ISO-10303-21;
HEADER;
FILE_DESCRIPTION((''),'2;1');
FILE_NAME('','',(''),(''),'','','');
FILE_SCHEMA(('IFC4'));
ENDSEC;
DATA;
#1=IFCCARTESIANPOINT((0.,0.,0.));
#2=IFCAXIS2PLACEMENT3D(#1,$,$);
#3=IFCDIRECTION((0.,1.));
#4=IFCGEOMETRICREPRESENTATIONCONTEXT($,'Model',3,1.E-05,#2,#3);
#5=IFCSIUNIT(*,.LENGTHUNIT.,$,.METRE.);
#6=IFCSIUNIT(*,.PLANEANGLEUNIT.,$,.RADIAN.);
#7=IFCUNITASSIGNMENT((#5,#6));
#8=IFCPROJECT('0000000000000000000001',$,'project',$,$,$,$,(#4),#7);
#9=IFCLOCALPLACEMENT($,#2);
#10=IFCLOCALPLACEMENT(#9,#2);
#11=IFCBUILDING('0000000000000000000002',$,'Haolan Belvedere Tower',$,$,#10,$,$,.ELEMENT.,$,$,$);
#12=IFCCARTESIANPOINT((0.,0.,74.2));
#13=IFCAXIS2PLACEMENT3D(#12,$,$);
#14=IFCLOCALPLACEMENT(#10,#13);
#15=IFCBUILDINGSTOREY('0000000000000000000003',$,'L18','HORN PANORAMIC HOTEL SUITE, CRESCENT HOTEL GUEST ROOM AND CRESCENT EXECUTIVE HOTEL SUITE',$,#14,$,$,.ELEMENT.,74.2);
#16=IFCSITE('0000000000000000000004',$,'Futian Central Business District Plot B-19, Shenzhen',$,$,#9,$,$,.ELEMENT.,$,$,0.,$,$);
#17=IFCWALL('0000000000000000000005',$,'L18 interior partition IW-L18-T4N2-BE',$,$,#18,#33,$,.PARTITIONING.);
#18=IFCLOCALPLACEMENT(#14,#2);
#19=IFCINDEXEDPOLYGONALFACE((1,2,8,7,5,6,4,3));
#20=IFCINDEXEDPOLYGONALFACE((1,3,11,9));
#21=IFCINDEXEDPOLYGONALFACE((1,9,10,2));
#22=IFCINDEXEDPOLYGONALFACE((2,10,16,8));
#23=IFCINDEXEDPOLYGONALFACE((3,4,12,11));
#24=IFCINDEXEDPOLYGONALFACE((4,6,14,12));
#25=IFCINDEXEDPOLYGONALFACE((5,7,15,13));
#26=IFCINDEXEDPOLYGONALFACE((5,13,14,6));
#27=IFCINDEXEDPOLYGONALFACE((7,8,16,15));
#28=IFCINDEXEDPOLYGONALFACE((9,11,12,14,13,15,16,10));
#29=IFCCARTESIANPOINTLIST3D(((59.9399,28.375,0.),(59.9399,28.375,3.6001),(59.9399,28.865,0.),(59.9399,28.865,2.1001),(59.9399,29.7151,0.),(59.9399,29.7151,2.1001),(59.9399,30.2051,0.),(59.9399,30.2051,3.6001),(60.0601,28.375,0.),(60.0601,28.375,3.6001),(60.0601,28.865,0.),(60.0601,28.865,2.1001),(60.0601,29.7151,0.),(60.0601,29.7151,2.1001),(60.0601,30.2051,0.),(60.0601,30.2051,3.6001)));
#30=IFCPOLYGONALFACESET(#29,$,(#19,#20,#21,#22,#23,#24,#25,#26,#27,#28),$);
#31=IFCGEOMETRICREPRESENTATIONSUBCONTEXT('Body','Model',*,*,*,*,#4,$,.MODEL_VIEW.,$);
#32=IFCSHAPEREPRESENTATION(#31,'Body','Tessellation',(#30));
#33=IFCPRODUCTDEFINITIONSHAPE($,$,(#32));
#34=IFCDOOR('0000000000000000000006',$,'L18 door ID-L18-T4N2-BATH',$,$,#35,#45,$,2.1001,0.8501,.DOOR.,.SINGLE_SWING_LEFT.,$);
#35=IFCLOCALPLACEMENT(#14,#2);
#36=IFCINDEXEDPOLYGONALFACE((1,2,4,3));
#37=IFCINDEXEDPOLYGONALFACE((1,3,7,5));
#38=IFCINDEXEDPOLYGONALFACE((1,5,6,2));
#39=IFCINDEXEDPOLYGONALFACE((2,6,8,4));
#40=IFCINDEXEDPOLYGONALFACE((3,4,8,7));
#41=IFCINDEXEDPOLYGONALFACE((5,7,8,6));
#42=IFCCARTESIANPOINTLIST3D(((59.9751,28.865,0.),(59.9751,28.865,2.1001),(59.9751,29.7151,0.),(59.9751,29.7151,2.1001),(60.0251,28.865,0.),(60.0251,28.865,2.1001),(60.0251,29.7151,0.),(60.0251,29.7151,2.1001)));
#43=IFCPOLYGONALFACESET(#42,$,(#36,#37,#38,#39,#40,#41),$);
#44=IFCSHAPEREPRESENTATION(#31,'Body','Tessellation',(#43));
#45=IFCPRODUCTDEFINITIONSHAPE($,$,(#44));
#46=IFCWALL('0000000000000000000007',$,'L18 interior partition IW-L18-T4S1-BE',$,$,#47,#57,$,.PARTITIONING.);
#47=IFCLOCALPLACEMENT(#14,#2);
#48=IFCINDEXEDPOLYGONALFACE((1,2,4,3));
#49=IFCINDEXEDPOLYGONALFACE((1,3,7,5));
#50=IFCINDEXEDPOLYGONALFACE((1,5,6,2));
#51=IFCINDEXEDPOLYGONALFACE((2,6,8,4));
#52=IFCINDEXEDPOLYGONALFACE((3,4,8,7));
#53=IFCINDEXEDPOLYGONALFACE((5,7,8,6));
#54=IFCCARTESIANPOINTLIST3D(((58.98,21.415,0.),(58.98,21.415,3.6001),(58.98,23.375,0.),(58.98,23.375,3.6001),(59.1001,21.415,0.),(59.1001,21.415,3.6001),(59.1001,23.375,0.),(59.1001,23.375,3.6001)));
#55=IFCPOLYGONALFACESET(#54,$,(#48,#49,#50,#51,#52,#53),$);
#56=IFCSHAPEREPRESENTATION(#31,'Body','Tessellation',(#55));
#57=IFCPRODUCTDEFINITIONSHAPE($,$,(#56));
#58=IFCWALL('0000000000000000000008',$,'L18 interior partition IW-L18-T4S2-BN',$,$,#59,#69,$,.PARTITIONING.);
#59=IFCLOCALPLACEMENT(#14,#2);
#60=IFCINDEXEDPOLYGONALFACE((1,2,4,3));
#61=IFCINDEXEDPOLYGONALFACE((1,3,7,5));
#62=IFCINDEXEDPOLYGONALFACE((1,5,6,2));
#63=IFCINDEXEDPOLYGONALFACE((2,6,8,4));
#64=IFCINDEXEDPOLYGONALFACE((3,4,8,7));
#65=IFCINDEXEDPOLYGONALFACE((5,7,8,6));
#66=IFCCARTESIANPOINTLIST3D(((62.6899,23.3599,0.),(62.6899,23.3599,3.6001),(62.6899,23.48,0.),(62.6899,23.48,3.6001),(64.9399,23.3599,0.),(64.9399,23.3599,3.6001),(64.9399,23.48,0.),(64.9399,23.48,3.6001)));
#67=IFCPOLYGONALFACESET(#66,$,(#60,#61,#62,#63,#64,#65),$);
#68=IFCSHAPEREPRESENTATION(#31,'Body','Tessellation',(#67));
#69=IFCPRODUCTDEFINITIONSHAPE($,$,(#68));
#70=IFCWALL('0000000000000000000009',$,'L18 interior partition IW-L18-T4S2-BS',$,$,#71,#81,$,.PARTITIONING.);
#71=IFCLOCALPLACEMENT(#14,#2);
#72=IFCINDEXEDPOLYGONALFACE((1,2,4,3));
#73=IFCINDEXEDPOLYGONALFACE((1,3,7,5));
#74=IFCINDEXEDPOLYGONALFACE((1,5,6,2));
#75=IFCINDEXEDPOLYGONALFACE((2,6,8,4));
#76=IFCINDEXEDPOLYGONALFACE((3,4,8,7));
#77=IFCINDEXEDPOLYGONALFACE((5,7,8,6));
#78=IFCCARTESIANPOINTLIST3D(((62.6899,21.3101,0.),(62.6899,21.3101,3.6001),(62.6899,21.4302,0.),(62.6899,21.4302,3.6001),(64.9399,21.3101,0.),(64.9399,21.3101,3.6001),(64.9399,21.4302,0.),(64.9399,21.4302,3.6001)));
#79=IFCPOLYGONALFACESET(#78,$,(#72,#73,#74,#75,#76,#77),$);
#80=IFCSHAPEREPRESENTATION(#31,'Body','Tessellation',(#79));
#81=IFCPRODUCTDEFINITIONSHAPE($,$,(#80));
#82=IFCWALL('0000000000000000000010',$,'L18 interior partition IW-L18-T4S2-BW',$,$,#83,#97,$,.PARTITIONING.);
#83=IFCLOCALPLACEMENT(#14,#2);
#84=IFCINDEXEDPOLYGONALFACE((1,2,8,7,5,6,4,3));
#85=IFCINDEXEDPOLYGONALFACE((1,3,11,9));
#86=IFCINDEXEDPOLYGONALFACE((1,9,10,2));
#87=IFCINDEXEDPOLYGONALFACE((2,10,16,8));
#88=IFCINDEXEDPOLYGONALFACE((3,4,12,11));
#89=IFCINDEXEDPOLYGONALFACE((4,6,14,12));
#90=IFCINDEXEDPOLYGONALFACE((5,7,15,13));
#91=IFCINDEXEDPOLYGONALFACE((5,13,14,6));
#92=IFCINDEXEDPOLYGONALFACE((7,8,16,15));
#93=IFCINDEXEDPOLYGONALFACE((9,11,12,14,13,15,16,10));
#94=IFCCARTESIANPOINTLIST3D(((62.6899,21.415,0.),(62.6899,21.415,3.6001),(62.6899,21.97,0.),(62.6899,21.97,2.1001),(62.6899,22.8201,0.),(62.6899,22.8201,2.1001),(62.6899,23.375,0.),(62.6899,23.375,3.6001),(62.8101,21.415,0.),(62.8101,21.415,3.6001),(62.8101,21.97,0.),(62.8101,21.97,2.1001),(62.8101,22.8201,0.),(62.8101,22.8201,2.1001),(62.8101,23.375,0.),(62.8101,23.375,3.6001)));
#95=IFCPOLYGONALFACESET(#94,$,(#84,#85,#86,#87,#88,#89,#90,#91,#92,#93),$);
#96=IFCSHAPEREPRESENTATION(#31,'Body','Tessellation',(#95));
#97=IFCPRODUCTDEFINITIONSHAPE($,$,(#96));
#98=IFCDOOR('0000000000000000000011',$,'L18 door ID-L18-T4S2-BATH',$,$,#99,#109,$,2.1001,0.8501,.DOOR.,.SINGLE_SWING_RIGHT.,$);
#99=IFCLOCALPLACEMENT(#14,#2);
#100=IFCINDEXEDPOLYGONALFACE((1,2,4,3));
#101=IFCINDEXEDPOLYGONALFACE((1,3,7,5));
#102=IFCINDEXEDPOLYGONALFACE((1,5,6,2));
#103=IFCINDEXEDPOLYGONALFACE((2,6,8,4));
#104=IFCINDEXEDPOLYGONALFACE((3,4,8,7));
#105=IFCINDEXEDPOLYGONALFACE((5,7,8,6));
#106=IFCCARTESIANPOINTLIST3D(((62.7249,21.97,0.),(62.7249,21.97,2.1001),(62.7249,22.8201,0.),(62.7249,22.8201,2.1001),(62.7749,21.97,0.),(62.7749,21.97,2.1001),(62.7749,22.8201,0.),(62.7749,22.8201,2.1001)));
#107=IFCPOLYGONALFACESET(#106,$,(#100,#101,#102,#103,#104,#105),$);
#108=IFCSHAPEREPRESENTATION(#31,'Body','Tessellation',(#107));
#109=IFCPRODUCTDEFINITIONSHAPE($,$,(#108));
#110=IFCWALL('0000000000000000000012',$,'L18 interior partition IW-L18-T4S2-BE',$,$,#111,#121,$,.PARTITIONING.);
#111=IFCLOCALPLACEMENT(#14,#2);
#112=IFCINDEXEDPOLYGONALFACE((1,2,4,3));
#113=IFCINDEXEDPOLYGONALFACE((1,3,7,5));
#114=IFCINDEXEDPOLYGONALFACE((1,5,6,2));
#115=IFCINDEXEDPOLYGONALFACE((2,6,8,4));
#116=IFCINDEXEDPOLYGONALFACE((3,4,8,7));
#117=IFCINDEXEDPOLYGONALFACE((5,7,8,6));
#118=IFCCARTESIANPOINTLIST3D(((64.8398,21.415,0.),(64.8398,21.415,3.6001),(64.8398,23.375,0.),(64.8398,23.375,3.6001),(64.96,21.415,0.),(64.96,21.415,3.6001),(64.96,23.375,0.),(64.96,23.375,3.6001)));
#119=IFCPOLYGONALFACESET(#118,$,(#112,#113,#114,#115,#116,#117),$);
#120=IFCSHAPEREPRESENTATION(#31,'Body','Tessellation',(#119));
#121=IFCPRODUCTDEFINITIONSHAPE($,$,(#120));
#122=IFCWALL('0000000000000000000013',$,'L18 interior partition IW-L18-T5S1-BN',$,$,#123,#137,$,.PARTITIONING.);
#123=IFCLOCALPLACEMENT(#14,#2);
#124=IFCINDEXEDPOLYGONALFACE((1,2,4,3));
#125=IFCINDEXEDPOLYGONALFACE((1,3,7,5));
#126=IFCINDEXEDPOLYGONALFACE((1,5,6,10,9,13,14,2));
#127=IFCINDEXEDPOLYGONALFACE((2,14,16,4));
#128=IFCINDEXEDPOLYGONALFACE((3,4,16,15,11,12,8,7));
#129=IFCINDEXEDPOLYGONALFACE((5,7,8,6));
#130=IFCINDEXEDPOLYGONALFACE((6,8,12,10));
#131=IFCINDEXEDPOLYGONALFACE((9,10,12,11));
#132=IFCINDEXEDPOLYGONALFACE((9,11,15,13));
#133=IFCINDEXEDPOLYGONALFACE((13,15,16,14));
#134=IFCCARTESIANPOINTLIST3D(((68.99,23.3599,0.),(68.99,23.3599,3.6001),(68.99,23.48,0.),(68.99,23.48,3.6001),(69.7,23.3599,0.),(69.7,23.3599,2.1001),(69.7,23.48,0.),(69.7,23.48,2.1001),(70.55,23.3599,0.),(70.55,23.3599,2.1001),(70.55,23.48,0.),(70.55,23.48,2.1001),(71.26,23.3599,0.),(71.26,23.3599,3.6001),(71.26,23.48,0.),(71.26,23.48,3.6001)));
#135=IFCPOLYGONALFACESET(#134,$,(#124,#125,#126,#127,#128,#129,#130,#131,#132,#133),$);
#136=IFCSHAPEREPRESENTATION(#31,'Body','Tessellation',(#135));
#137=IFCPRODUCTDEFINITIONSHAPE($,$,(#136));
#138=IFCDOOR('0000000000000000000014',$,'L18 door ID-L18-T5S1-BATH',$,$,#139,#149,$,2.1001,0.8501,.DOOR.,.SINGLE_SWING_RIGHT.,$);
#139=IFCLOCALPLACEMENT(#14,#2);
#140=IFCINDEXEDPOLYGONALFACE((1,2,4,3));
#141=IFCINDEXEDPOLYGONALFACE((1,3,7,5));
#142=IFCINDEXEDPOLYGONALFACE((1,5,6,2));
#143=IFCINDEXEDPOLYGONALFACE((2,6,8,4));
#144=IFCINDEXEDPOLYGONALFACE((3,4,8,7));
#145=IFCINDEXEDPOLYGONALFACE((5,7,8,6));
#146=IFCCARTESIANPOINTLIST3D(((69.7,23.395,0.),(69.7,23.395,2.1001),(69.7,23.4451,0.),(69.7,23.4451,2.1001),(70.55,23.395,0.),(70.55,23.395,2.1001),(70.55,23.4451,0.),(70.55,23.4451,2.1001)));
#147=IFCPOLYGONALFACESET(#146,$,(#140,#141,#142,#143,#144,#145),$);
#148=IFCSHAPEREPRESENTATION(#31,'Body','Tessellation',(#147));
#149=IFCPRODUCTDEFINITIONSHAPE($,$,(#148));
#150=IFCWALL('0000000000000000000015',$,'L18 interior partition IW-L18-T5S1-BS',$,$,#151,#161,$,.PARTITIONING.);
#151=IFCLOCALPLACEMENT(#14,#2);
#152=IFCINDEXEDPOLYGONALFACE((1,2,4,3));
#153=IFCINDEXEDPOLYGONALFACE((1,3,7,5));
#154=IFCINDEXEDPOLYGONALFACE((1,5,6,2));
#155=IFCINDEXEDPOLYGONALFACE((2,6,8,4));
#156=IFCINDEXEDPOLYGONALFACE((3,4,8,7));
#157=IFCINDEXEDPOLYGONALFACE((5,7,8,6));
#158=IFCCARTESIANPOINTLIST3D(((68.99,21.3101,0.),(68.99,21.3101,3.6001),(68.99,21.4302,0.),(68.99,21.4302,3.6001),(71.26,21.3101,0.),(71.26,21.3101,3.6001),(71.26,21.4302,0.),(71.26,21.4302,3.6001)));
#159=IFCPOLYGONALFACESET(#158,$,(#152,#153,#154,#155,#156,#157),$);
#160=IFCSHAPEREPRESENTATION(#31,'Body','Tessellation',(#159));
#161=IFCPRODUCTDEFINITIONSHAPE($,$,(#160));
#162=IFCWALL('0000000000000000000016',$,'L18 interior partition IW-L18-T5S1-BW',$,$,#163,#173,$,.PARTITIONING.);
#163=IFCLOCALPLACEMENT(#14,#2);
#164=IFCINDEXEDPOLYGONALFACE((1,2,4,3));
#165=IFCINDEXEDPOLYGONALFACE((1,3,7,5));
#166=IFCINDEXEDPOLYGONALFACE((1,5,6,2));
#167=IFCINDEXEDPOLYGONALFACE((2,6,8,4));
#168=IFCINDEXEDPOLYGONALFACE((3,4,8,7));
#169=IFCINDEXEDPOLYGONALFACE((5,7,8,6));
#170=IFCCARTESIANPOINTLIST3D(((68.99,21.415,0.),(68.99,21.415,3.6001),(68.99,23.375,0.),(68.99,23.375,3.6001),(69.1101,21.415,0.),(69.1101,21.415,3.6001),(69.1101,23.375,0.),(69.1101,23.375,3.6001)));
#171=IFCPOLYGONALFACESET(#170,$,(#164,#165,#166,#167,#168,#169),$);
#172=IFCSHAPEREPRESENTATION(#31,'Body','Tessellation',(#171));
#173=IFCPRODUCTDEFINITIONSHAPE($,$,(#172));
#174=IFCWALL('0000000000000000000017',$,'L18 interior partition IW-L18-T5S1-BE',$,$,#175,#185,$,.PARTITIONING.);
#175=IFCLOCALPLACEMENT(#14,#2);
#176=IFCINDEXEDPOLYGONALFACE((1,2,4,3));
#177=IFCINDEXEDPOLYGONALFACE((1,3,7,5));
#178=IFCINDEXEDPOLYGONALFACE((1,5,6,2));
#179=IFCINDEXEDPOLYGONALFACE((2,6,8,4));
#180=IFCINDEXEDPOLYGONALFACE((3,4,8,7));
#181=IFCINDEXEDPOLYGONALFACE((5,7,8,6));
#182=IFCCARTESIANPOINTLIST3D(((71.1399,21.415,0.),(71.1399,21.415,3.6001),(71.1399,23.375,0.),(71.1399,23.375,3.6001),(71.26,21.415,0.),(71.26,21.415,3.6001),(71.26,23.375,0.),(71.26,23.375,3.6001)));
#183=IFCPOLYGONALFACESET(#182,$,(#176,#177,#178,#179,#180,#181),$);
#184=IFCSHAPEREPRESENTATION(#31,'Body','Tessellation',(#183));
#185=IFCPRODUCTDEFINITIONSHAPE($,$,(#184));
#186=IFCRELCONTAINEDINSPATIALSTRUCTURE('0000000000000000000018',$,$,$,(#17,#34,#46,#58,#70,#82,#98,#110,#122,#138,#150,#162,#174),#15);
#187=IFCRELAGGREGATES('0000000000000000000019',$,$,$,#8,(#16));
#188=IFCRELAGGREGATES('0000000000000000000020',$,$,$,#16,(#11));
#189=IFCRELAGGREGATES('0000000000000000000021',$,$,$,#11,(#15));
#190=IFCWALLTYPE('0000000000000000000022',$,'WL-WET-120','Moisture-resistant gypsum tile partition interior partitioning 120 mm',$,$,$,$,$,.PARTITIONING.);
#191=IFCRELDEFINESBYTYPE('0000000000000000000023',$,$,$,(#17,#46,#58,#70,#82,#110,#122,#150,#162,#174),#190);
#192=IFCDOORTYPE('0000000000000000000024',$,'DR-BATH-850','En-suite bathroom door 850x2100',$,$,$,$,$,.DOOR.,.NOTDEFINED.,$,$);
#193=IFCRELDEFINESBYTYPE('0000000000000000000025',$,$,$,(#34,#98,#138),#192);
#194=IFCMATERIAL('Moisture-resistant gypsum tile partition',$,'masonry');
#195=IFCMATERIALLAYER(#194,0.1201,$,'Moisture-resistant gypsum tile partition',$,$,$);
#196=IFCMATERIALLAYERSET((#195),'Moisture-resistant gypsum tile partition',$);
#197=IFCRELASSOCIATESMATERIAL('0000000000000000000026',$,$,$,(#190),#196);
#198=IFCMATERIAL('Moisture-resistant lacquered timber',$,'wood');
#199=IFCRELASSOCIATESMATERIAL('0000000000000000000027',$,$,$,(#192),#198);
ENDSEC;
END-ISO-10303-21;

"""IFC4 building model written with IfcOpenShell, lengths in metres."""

from ifc_helpers import new_model, si_unit, direction, frame, frame_2d, origin, place, context, subcontext, project, spatial, rectangle, extrude, material, layer, layer_set, type_object, element, fill, save


model = new_model("IFC4")

# Units and contexts
model_context = context("Model", 3, precision=1e-05, world=origin(), true_north=direction((0.0, 1.0)))
body_context = subcontext(model_context, "Body", "Model", "MODEL_VIEW")
ifc_project = project(units=[si_unit("LENGTHUNIT", "METRE"), si_unit("PLANEANGLEUNIT", "RADIAN")], contexts=[model_context])

# Site, building, storey
site_placement = place(None, origin())
site = spatial("IfcSite", under=ifc_project, at=site_placement, Name="Futian Central Business District Plot B-19, Shenzhen", CompositionType="ELEMENT", RefElevation=0.0)
building_placement = place(site_placement, origin())
building = spatial("IfcBuilding", under=site, at=building_placement, Name="Haolan Belvedere Tower", CompositionType="ELEMENT")
storey_placement = place(building_placement, frame((0.0, 0.0, 74.2)))
storey = spatial("IfcBuildingStorey", under=building, at=storey_placement, Name="L18", Description="HORN PANORAMIC HOTEL SUITE, CRESCENT HOTEL GUEST ROOM AND CRESCENT EXECUTIVE HOTEL SUITE", CompositionType="ELEMENT", Elevation=74.2)

# Wall, opening, door
ifc_material_1 = material(Name="Moisture-resistant gypsum tile partition", Category="masonry")
ifc_layer_1 = layer(ifc_material_1, 0.1201, Name="Moisture-resistant gypsum tile partition")
ifc_layer_set_1 = layer_set([ifc_layer_1], Name="Moisture-resistant gypsum tile partition")
wall_type_1 = type_object("IfcWallType", Name="WL-WET-120", Description="Moisture-resistant gypsum tile partition interior partitioning 120 mm", PredefinedType="PARTITIONING", material=ifc_layer_set_1)
wall_1_placement = place(storey_placement, frame((60.0, 28.375, 0.0), z_axis=(0.0, 0.0, 1.0), x_axis=(0.0, 1.0, 0.0)))
wall_1 = element("IfcWall", 1, at=wall_1_placement, inside=storey, type_object=wall_type_1, Name="L18 interior partition IW-L18-T4N2-BE", PredefinedType="PARTITIONING", context=body_context, shape_type="SweptSolid", body=[
    extrude(rectangle(XDim=1.8301, YDim=0.1201, at=frame_2d((0.915, 0.0))), origin(), (0.0, 0.0, 1.0), 3.6001),
])
opening_1_placement = place(wall_1_placement, frame((0.49, 0.0, 0.0)))
opening_1 = element("IfcOpeningElement", 2, at=opening_1_placement, cuts=wall_1, PredefinedType="OPENING", context=body_context, shape_type="SweptSolid", body=[
    extrude(rectangle(XDim=0.8501, YDim=2.1001, at=frame_2d((0.425, 1.05))), frame((0.0, 0.0701, 0.0), z_axis=(0.0, -1.0, 0.0), x_axis=(1.0, 0.0, 0.0)), (0.0, 0.0, 1.0), 0.1401),
])
ifc_material_2 = material(Name="Moisture-resistant lacquered timber", Category="wood")
door_type_1 = type_object("IfcDoorType", Name="DR-BATH-850", Description="En-suite bathroom door 850x2100", OperationType="NOTDEFINED", PredefinedType="DOOR", material=ifc_material_2)
door_1_placement = place(opening_1_placement, origin())
door_1 = element("IfcDoor", 3, at=door_1_placement, inside=storey, type_object=door_type_1, Name="L18 door ID-L18-T4N2-BATH", OperationType="SINGLE_SWING_LEFT", OverallHeight=2.1001, OverallWidth=0.8501, PredefinedType="DOOR", context=body_context, shape_type="SweptSolid", body=[
    extrude(rectangle(XDim=0.8501, YDim=2.1001, at=frame_2d((0.425, 1.05))), frame((0.0, 0.0249, 0.0), z_axis=(0.0, -1.0, 0.0), x_axis=(1.0, 0.0, 0.0)), (0.0, 0.0, 1.0), 0.05),
])
fill(opening_1, door_1)

# Walls
wall_2_placement = place(storey_placement, frame((59.04, 21.415, 0.0), z_axis=(0.0, 0.0, 1.0), x_axis=(0.0, 1.0, 0.0)))
element("IfcWall", 4, at=wall_2_placement, inside=storey, type_object=wall_type_1, Name="L18 interior partition IW-L18-T4S1-BE", PredefinedType="PARTITIONING", context=body_context, shape_type="SweptSolid", body=[
    extrude(rectangle(XDim=1.96, YDim=0.1201, at=frame_2d((0.98, 0.0))), origin(), (0.0, 0.0, 1.0), 3.6001),
])
for number, where, z_axis, x_axis, name in (
    (5, (62.6899, 23.4199, 0.0), (0.0, 0.0, 1.0), (1.0, 0.0, 0.0), "L18 interior partition IW-L18-T4S2-BN"),
    (6, (62.6899, 21.3701, 0.0), (0.0, 0.0, 1.0), (1.0, 0.0, 0.0), "L18 interior partition IW-L18-T4S2-BS"),
):
    element("IfcWall", number, at=place(storey_placement, frame(where, z_axis=z_axis, x_axis=x_axis)), inside=storey, type_object=wall_type_1, Name=name, PredefinedType="PARTITIONING", context=body_context, shape_type="SweptSolid", body=[
        extrude(rectangle(XDim=2.25, YDim=0.1201, at=frame_2d((1.125, 0.0))), origin(), (0.0, 0.0, 1.0), 3.6001),
    ])

# Wall, opening, door
wall_3_placement = place(storey_placement, frame((62.75, 21.415, 0.0), z_axis=(0.0, 0.0, 1.0), x_axis=(0.0, 1.0, 0.0)))
wall_3 = element("IfcWall", 7, at=wall_3_placement, inside=storey, type_object=wall_type_1, Name="L18 interior partition IW-L18-T4S2-BW", PredefinedType="PARTITIONING", context=body_context, shape_type="SweptSolid", body=[
    extrude(rectangle(XDim=1.96, YDim=0.1201, at=frame_2d((0.98, 0.0))), origin(), (0.0, 0.0, 1.0), 3.6001),
])
opening_2_placement = place(wall_3_placement, frame((1.405, 0.0, 0.0), z_axis=(0.0, 0.0, 1.0), x_axis=(-1.0, 0.0, 0.0)))
opening_2 = element("IfcOpeningElement", 8, at=opening_2_placement, cuts=wall_3, PredefinedType="OPENING", context=body_context, shape_type="SweptSolid", body=[
    extrude(rectangle(XDim=0.8501, YDim=2.1001, at=frame_2d((0.425, 1.05))), frame((0.0, 0.0701, 0.0), z_axis=(0.0, -1.0, 0.0), x_axis=(1.0, 0.0, 0.0)), (0.0, 0.0, 1.0), 0.1401),
])
door_2_placement = place(opening_2_placement, origin())
door_2 = element("IfcDoor", 9, at=door_2_placement, inside=storey, type_object=door_type_1, Name="L18 door ID-L18-T4S2-BATH", OperationType="SINGLE_SWING_RIGHT", OverallHeight=2.1001, OverallWidth=0.8501, PredefinedType="DOOR", context=body_context, shape_type="SweptSolid", body=[
    extrude(rectangle(XDim=0.8501, YDim=2.1001, at=frame_2d((0.425, 1.05))), frame((0.0, 0.0249, 0.0), z_axis=(0.0, -1.0, 0.0), x_axis=(1.0, 0.0, 0.0)), (0.0, 0.0, 1.0), 0.05),
])
fill(opening_2, door_2)

# Wall
wall_4_placement = place(storey_placement, frame((64.8999, 21.415, 0.0), z_axis=(0.0, 0.0, 1.0), x_axis=(0.0, 1.0, 0.0)))
element("IfcWall", 10, at=wall_4_placement, inside=storey, type_object=wall_type_1, Name="L18 interior partition IW-L18-T4S2-BE", PredefinedType="PARTITIONING", context=body_context, shape_type="SweptSolid", body=[
    extrude(rectangle(XDim=1.96, YDim=0.1201, at=frame_2d((0.98, 0.0))), origin(), (0.0, 0.0, 1.0), 3.6001),
])

# Wall, opening, door
wall_5_placement = place(storey_placement, frame((68.99, 23.4199, 0.0), z_axis=(0.0, 0.0, 1.0), x_axis=(1.0, 0.0, 0.0)))
wall_5 = element("IfcWall", 11, at=wall_5_placement, inside=storey, type_object=wall_type_1, Name="L18 interior partition IW-L18-T5S1-BN", PredefinedType="PARTITIONING", context=body_context, shape_type="SweptSolid", body=[
    extrude(rectangle(XDim=2.27, YDim=0.1201, at=frame_2d((1.135, 0.0))), origin(), (0.0, 0.0, 1.0), 3.6001),
])
opening_3_placement = place(wall_5_placement, frame((1.5601, 0.0, 0.0), z_axis=(0.0, 0.0, 1.0), x_axis=(-1.0, 0.0, 0.0)))
opening_3 = element("IfcOpeningElement", 12, at=opening_3_placement, cuts=wall_5, PredefinedType="OPENING", context=body_context, shape_type="SweptSolid", body=[
    extrude(rectangle(XDim=0.8501, YDim=2.1001, at=frame_2d((0.425, 1.05))), frame((0.0, 0.0701, 0.0), z_axis=(0.0, -1.0, 0.0), x_axis=(1.0, 0.0, 0.0)), (0.0, 0.0, 1.0), 0.1401),
])
door_3_placement = place(opening_3_placement, origin())
door_3 = element("IfcDoor", 13, at=door_3_placement, inside=storey, type_object=door_type_1, Name="L18 door ID-L18-T5S1-BATH", OperationType="SINGLE_SWING_RIGHT", OverallHeight=2.1001, OverallWidth=0.8501, PredefinedType="DOOR", context=body_context, shape_type="SweptSolid", body=[
    extrude(rectangle(XDim=0.8501, YDim=2.1001, at=frame_2d((0.425, 1.05))), frame((0.0, 0.0249, 0.0), z_axis=(0.0, -1.0, 0.0), x_axis=(1.0, 0.0, 0.0)), (0.0, 0.0, 1.0), 0.05),
])
fill(opening_3, door_3)

# Walls
wall_6_placement = place(storey_placement, frame((68.99, 21.3701, 0.0), z_axis=(0.0, 0.0, 1.0), x_axis=(1.0, 0.0, 0.0)))
element("IfcWall", 14, at=wall_6_placement, inside=storey, type_object=wall_type_1, Name="L18 interior partition IW-L18-T5S1-BS", PredefinedType="PARTITIONING", context=body_context, shape_type="SweptSolid", body=[
    extrude(rectangle(XDim=2.27, YDim=0.1201, at=frame_2d((1.135, 0.0))), origin(), (0.0, 0.0, 1.0), 3.6001),
])
for number, where, z_axis, x_axis, name in (
    (15, (69.05, 21.415, 0.0), (0.0, 0.0, 1.0), (0.0, 1.0, 0.0), "L18 interior partition IW-L18-T5S1-BW"),
    (16, (71.2, 21.415, 0.0), (0.0, 0.0, 1.0), (0.0, 1.0, 0.0), "L18 interior partition IW-L18-T5S1-BE"),
):
    element("IfcWall", number, at=place(storey_placement, frame(where, z_axis=z_axis, x_axis=x_axis)), inside=storey, type_object=wall_type_1, Name=name, PredefinedType="PARTITIONING", context=body_context, shape_type="SweptSolid", body=[
        extrude(rectangle(XDim=1.96, YDim=0.1201, at=frame_2d((0.98, 0.0))), origin(), (0.0, 0.0, 1.0), 3.6001),
    ])

save(model, "model.ifc")
